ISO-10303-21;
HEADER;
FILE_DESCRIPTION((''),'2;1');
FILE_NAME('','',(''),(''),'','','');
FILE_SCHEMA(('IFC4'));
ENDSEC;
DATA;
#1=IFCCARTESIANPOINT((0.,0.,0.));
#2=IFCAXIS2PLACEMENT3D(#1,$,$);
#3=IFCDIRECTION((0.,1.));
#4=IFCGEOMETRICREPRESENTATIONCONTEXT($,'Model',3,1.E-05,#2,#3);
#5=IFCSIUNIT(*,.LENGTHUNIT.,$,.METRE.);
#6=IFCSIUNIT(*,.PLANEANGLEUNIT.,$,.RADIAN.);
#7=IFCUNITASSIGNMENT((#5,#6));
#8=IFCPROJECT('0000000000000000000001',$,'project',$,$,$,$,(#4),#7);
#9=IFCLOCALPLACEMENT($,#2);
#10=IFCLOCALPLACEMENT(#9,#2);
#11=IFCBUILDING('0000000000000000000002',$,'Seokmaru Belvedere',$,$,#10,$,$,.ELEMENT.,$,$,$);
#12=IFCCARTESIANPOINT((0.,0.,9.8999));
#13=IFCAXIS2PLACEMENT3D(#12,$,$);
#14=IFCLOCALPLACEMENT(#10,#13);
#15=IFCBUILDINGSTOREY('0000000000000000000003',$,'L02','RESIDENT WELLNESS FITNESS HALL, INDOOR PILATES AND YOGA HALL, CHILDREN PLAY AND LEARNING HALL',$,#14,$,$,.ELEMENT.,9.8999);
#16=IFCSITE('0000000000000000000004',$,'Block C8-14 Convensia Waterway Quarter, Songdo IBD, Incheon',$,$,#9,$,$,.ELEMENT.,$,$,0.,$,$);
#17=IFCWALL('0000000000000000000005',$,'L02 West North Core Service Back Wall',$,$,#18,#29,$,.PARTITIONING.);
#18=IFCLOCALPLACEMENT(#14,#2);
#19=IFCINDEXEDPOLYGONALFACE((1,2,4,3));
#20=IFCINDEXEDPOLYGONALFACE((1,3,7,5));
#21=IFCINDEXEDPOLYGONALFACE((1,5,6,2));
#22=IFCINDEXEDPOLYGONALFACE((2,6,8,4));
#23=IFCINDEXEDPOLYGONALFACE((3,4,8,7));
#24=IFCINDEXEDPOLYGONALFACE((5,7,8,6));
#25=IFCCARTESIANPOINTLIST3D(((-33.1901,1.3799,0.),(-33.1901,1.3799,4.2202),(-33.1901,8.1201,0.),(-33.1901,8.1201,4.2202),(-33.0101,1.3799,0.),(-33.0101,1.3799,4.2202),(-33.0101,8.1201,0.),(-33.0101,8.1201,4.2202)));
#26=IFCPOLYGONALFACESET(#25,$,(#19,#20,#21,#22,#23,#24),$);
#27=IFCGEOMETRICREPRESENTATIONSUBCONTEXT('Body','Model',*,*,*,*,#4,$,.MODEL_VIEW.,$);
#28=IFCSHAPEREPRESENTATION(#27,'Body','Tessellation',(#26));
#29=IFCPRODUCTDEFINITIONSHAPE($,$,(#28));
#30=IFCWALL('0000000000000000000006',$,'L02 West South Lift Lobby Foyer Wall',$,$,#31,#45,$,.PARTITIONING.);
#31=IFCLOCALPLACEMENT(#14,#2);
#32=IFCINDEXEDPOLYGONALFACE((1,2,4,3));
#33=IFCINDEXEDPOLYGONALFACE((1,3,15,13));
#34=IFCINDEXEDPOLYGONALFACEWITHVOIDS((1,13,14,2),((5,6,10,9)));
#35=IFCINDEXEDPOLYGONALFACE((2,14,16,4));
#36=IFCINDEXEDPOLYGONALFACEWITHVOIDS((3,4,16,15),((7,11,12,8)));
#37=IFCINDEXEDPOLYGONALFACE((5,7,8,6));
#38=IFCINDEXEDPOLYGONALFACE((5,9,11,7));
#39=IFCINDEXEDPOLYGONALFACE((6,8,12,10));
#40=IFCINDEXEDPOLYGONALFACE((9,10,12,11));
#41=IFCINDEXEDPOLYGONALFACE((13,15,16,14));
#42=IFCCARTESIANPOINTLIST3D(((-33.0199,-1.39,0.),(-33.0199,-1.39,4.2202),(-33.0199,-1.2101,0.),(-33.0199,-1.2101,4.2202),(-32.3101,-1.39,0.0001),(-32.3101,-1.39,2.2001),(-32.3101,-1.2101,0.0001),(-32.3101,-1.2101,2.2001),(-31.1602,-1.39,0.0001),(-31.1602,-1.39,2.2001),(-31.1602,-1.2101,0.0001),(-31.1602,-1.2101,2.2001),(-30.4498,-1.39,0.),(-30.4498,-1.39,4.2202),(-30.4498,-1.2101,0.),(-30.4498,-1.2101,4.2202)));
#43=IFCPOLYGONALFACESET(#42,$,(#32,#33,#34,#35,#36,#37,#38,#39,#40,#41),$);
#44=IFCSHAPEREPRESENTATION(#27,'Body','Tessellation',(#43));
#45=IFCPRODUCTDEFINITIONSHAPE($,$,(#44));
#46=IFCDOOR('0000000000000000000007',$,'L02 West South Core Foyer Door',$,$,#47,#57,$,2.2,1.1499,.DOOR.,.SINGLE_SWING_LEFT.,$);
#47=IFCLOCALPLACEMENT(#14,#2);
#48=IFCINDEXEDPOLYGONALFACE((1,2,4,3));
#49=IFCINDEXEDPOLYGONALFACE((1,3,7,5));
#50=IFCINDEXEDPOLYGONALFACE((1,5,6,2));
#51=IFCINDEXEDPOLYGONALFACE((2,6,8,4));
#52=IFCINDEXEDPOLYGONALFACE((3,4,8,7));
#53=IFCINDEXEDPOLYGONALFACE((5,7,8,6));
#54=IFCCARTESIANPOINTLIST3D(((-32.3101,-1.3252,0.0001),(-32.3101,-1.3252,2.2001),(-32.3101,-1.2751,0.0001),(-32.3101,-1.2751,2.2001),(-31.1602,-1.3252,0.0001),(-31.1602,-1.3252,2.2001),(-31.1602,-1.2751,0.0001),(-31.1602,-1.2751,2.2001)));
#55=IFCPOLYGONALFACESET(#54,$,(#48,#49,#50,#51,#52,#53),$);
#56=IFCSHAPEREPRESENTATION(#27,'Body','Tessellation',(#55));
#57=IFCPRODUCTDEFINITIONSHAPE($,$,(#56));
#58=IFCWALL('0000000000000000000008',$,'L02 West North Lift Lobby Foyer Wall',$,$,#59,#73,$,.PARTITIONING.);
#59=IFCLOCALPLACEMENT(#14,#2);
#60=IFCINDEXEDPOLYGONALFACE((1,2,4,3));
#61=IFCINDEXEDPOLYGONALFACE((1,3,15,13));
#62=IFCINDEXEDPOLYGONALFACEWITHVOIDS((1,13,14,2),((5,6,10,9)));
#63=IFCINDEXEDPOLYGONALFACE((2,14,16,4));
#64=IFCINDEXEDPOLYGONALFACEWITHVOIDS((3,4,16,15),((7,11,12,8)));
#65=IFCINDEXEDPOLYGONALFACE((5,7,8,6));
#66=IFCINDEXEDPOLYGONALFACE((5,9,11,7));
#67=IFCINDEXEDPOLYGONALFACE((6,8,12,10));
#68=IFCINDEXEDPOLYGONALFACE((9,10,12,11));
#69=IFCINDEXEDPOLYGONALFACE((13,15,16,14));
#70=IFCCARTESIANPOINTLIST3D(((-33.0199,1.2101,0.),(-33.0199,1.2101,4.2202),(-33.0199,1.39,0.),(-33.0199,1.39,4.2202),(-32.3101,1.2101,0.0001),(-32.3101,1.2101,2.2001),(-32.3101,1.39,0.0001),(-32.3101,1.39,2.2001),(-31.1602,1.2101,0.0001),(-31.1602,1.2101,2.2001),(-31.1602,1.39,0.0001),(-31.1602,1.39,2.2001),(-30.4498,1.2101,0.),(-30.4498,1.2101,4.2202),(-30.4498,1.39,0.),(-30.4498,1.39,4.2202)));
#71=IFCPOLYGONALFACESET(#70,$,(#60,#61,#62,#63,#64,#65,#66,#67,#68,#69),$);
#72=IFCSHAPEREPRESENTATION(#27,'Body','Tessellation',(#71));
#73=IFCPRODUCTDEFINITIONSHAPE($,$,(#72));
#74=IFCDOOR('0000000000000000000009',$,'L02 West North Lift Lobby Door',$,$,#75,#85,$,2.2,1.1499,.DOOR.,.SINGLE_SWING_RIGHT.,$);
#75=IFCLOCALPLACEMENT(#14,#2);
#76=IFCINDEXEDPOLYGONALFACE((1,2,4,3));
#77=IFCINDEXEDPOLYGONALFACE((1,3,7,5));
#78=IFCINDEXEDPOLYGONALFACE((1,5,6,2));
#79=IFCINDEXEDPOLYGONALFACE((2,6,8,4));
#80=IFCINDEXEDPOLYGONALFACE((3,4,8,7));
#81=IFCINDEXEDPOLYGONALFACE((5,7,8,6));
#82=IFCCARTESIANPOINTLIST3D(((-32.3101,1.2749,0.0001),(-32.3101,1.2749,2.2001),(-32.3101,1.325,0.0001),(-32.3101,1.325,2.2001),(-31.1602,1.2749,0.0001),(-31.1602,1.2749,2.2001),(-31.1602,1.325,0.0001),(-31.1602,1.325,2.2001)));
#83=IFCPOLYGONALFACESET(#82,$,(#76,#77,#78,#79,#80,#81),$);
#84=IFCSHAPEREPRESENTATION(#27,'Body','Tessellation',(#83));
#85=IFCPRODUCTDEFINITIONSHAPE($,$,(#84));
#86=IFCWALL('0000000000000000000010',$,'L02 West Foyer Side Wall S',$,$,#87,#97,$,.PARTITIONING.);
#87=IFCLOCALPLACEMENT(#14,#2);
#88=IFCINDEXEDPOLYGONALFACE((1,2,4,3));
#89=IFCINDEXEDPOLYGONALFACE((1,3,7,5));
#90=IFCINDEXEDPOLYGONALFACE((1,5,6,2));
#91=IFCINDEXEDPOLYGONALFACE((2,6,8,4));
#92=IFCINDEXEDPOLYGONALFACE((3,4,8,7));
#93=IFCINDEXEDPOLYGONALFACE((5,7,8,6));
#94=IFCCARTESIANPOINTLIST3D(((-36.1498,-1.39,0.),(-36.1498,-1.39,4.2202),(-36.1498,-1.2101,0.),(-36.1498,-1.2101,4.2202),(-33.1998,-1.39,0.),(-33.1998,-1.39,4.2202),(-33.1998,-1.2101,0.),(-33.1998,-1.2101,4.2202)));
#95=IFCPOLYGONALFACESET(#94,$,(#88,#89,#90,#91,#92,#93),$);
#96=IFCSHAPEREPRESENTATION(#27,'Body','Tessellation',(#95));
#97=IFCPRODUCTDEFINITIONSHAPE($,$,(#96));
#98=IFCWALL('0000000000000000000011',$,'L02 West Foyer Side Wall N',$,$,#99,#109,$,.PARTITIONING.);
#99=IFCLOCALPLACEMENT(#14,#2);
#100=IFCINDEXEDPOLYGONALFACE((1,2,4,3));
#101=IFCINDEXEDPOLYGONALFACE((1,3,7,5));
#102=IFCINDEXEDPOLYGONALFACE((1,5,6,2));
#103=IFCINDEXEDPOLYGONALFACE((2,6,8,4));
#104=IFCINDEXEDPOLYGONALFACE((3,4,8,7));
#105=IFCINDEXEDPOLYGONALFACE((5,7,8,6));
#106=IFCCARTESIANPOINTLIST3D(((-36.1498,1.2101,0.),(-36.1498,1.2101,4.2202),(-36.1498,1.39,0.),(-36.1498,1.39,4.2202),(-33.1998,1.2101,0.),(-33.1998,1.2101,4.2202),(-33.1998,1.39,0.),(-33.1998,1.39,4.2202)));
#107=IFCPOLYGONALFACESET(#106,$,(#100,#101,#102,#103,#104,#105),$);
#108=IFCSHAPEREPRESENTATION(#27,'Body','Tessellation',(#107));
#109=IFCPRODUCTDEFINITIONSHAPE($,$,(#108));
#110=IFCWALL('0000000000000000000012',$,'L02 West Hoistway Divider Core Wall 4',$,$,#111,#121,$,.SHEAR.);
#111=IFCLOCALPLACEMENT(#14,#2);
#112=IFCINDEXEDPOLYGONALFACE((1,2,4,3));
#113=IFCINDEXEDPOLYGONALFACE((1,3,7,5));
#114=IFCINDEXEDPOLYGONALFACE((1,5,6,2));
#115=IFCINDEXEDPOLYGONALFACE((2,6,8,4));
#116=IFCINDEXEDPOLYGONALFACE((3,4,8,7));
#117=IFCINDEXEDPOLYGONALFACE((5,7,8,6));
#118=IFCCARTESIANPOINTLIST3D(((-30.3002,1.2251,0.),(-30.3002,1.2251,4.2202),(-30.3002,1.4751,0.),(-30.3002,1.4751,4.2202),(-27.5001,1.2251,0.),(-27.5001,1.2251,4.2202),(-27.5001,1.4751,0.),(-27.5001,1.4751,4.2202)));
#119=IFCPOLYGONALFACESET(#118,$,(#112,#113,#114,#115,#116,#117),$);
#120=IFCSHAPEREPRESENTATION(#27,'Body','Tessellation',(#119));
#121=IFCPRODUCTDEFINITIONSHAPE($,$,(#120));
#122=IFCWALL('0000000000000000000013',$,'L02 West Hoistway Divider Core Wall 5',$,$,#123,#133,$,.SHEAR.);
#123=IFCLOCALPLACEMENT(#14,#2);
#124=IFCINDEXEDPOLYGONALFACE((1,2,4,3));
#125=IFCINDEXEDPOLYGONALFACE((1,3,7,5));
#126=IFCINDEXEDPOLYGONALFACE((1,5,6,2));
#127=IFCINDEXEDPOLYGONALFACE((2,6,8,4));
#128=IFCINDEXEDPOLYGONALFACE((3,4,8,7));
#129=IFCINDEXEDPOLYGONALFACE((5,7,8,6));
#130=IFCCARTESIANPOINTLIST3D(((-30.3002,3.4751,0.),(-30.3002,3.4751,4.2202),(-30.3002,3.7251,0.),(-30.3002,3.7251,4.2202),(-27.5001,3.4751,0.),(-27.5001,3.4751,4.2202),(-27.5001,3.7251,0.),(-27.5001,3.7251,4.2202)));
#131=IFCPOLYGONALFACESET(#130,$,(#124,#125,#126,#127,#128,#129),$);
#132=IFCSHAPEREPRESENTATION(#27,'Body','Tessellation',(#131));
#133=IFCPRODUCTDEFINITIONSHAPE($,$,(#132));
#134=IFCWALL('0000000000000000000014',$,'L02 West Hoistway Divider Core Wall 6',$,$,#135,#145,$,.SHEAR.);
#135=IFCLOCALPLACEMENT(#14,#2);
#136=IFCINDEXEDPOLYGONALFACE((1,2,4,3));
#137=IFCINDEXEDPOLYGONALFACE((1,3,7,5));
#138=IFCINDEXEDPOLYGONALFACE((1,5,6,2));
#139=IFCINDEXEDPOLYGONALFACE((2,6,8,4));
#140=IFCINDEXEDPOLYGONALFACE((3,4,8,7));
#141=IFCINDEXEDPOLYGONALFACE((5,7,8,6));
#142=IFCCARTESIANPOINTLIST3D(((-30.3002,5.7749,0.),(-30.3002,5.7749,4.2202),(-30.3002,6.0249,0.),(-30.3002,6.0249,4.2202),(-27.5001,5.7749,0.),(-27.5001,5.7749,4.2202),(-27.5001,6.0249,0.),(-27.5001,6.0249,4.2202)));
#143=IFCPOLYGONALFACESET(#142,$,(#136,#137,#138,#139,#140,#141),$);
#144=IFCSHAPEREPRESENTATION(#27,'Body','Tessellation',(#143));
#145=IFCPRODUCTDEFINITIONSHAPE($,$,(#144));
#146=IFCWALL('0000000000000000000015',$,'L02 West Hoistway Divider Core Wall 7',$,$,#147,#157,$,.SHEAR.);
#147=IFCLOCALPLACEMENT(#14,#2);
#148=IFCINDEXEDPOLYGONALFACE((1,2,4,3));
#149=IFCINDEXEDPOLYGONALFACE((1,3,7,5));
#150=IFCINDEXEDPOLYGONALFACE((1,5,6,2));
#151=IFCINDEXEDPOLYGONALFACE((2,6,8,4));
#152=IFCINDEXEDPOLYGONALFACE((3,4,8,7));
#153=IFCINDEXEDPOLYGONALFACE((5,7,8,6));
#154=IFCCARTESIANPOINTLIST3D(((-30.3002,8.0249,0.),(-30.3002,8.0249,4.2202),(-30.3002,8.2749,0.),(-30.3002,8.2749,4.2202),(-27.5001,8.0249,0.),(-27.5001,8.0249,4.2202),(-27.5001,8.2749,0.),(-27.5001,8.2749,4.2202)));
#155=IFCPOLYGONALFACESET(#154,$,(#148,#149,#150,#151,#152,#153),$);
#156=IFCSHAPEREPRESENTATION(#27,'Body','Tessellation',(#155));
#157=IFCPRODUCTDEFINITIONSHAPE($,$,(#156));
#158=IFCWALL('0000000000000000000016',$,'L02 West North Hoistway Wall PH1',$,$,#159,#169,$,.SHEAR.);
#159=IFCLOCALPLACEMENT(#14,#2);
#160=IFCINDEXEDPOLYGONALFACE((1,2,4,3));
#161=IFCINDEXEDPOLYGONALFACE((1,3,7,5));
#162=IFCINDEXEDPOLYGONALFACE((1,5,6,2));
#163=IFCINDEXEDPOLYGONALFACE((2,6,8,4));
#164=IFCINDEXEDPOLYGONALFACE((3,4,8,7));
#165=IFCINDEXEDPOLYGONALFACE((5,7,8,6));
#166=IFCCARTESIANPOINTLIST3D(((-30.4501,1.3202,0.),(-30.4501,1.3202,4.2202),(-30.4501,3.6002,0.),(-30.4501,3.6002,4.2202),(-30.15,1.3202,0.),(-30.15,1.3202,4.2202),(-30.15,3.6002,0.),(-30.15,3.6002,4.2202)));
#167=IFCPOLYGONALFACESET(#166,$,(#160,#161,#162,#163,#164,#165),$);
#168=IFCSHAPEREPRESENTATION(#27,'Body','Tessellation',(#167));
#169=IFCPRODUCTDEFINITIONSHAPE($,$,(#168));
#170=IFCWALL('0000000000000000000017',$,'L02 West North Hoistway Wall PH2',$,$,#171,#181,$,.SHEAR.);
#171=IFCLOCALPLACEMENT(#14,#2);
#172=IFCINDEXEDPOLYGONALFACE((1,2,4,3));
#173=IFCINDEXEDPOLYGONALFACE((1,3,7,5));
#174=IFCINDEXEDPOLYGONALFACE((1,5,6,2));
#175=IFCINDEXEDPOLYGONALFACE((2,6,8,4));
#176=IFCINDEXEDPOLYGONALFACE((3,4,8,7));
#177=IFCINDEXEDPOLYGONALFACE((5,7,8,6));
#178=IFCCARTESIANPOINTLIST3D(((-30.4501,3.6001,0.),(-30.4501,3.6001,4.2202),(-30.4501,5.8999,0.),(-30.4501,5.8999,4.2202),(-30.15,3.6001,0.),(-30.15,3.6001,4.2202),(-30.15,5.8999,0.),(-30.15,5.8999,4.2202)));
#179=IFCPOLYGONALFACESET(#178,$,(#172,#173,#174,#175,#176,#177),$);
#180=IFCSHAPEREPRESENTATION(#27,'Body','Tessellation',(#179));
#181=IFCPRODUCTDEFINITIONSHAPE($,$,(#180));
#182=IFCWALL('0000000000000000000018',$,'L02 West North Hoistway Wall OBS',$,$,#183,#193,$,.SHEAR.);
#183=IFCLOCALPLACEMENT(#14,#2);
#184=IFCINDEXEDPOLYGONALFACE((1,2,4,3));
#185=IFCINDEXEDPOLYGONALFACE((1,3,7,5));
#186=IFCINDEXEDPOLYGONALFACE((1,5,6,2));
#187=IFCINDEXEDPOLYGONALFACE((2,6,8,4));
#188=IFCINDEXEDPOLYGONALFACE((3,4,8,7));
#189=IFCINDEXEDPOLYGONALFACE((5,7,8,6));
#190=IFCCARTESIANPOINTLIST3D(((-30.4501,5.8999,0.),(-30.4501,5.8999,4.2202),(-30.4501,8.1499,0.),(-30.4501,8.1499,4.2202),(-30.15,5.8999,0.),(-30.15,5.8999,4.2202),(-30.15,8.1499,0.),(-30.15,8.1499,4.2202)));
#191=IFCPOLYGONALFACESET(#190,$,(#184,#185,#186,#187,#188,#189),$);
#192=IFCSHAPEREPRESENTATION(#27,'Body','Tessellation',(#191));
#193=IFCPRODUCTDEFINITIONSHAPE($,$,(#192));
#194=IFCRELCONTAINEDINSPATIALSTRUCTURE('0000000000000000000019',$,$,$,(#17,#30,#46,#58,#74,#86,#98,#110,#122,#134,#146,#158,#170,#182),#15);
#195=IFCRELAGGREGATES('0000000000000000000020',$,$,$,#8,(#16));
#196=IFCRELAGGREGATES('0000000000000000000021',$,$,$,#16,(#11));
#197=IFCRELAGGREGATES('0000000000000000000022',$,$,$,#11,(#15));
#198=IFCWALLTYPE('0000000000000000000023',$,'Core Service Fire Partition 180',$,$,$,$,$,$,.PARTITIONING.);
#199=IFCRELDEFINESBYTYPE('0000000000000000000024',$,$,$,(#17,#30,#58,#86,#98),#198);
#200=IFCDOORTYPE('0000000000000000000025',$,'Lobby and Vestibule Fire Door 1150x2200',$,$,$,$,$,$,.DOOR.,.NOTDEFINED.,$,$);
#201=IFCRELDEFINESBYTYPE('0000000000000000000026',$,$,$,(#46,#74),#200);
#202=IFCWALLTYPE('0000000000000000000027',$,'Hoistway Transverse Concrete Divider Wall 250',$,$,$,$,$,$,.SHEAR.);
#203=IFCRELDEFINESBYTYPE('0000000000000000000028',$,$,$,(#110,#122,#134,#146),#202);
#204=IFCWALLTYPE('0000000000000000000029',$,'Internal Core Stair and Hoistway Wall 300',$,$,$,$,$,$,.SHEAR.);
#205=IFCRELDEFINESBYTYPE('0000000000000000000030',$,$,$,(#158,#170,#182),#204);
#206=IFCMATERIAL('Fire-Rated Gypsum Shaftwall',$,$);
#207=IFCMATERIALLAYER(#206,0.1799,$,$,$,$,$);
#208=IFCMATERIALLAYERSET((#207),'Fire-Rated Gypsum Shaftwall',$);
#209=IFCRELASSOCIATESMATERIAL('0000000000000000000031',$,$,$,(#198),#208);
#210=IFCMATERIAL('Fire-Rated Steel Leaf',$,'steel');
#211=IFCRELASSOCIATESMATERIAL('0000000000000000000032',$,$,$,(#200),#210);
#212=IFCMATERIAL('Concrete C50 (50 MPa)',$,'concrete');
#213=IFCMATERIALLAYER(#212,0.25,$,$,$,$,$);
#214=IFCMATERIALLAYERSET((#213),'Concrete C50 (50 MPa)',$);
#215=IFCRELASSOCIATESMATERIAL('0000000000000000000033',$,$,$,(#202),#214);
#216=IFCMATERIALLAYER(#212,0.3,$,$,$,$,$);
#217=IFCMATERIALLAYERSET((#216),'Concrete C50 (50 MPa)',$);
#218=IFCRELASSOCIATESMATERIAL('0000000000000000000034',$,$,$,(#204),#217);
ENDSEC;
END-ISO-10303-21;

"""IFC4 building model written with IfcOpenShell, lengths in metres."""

from ifc_helpers import new_model, si_unit, direction, frame, frame_2d, origin, place, context, subcontext, project, spatial, rectangle, extrude, source, transform, mapped, material, layer, layer_set, type_object, type_shapes, element, fill, save


model = new_model("IFC4")

# Units and contexts
model_context = context("Model", 3, precision=1e-05, world=origin(), true_north=direction((0.0, 1.0)))
body_context = subcontext(model_context, "Body", "Model", "MODEL_VIEW")
ifc_project = project(units=[si_unit("LENGTHUNIT", "METRE"), si_unit("PLANEANGLEUNIT", "RADIAN")], contexts=[model_context])

# Site, building, storey
site_placement = place(None, origin())
site = spatial("IfcSite", under=ifc_project, at=site_placement, Name="Block C8-14 Convensia Waterway Quarter, Songdo IBD, Incheon", CompositionType="ELEMENT", RefElevation=0.0)
building_placement = place(site_placement, origin())
building = spatial("IfcBuilding", under=site, at=building_placement, Name="Seokmaru Belvedere", CompositionType="ELEMENT")
storey_placement = place(building_placement, frame((0.0, 0.0, 9.8999)))
storey = spatial("IfcBuildingStorey", under=building, at=storey_placement, Name="L02", Description="RESIDENT WELLNESS FITNESS HALL, INDOOR PILATES AND YOGA HALL, CHILDREN PLAY AND LEARNING HALL", CompositionType="ELEMENT", Elevation=9.8999)

# Shared definitions
ifc_material_1 = material(Name="Concrete C50 (50 MPa)", Category="concrete")

# Wall
ifc_material_2 = material(Name="Fire-Rated Gypsum Shaftwall")
ifc_layer_1 = layer(ifc_material_2, 0.1799)
ifc_layer_set_1 = layer_set([ifc_layer_1], Name="Fire-Rated Gypsum Shaftwall")
wall_type_1 = type_object("IfcWallType", Name="Core Service Fire Partition 180", PredefinedType="PARTITIONING", material=ifc_layer_set_1)
wall_1_placement = place(storey_placement, frame((-33.1001, 1.3799, 0.0), z_axis=(0.0, 0.0, 1.0), x_axis=(0.0, 1.0, 0.0)))
element("IfcWall", 1, at=wall_1_placement, inside=storey, type_object=wall_type_1, Name="L02 West North Core Service Back Wall", PredefinedType="PARTITIONING", context=body_context, shape_type="SweptSolid", body=[
    extrude(rectangle(XDim=6.7402, YDim=0.1799, at=frame_2d((3.3701, 0.0))), origin(), (0.0, 0.0, 1.0), 4.2202),
])

# Walls, openings, doors
wall_2_placement = place(storey_placement, frame((-33.02, -1.3, 0.0), z_axis=(0.0, 0.0, 1.0), x_axis=(1.0, 0.0, 0.0)))
wall_2 = element("IfcWall", 2, at=wall_2_placement, inside=storey, type_object=wall_type_1, Name="L02 West South Lift Lobby Foyer Wall", PredefinedType="PARTITIONING", context=body_context, shape_type="SweptSolid", body=[
    extrude(rectangle(XDim=2.5701, YDim=0.1799, at=frame_2d((1.2852, 0.0))), origin(), (0.0, 0.0, 1.0), 4.2202),
])
opening_1_placement = place(wall_2_placement, frame((0.71, 0.0, 0.0)))
opening_1 = element("IfcOpeningElement", 3, at=opening_1_placement, cuts=wall_2, PredefinedType="OPENING", context=body_context, shape_type="SweptSolid", body=[
    extrude(rectangle(XDim=1.1499, YDim=2.2, at=frame_2d((0.575, 1.1001))), frame((0.0, 0.1001, 0.0), z_axis=(0.0, -1.0, 0.0), x_axis=(1.0, 0.0, 0.0)), (0.0, 0.0, 1.0), 0.2),
])
ifc_material_3 = material(Name="Fire-Rated Steel Leaf", Category="steel")
door_type_1 = type_object("IfcDoorType", Name="Lobby and Vestibule Fire Door 1150x2200", OperationType="NOTDEFINED", PredefinedType="DOOR", material=ifc_material_3)
shared_shape_1 = source(origin(), body_context, "Body", "SweptSolid", [
    extrude(rectangle(XDim=1.1499, YDim=2.2, at=frame_2d((0.575, 1.1001))), frame((0.0, 0.0249, 0.0), z_axis=(0.0, -1.0, 0.0), x_axis=(1.0, 0.0, 0.0)), (0.0, 0.0, 1.0), 0.05),
])
type_shapes(door_type_1, [shared_shape_1])
door_1_placement = place(opening_1_placement, origin())
door_1 = element("IfcDoor", 4, at=door_1_placement, inside=storey, type_object=door_type_1, Name="L02 West South Core Foyer Door", OperationType="SINGLE_SWING_LEFT", OverallHeight=2.2, OverallWidth=1.1499, PredefinedType="DOOR", context=body_context, shape_type="MappedRepresentation", body=[
    mapped(shared_shape_1, transform((0.0, 0.0, 0.0), scale=1.0)),
])
fill(opening_1, door_1)
wall_3_placement = place(storey_placement, frame((-33.02, 1.3, 0.0), z_axis=(0.0, 0.0, 1.0), x_axis=(1.0, 0.0, 0.0)))
wall_3 = element("IfcWall", 5, at=wall_3_placement, inside=storey, type_object=wall_type_1, Name="L02 West North Lift Lobby Foyer Wall", PredefinedType="PARTITIONING", context=body_context, shape_type="SweptSolid", body=[
    extrude(rectangle(XDim=2.5701, YDim=0.1799, at=frame_2d((1.2852, 0.0))), origin(), (0.0, 0.0, 1.0), 4.2202),
])
opening_2_placement = place(wall_3_placement, frame((0.71, 0.0, 0.0)))
opening_2 = element("IfcOpeningElement", 6, at=opening_2_placement, cuts=wall_3, PredefinedType="OPENING", context=body_context, shape_type="SweptSolid", body=[
    extrude(rectangle(XDim=1.1499, YDim=2.2, at=frame_2d((0.575, 1.1001))), frame((0.0, 0.1001, 0.0), z_axis=(0.0, -1.0, 0.0), x_axis=(1.0, 0.0, 0.0)), (0.0, 0.0, 1.0), 0.2),
])
door_2_placement = place(opening_2_placement, origin())
door_2 = element("IfcDoor", 7, at=door_2_placement, inside=storey, type_object=door_type_1, Name="L02 West North Lift Lobby Door", OperationType="SINGLE_SWING_RIGHT", OverallHeight=2.2, OverallWidth=1.1499, PredefinedType="DOOR", context=body_context, shape_type="MappedRepresentation", body=[
    mapped(shared_shape_1, transform((0.0, 0.0, 0.0), scale=1.0)),
])
fill(opening_2, door_2)

# Walls
for number, where, z_axis, x_axis, name in (
    (8, (-36.1499, -1.3, 0.0), (0.0, 0.0, 1.0), (1.0, 0.0, 0.0), "L02 West Foyer Side Wall S"),
    (9, (-36.1499, 1.3, 0.0), (0.0, 0.0, 1.0), (1.0, 0.0, 0.0), "L02 West Foyer Side Wall N"),
):
    element("IfcWall", number, at=place(storey_placement, frame(where, z_axis=z_axis, x_axis=x_axis)), inside=storey, type_object=wall_type_1, Name=name, PredefinedType="PARTITIONING", context=body_context, shape_type="SweptSolid", body=[
        extrude(rectangle(XDim=2.95, YDim=0.1799, at=frame_2d((1.4751, 0.0))), origin(), (0.0, 0.0, 1.0), 4.2202),
    ])
ifc_layer_2 = layer(ifc_material_1, 0.25)
ifc_layer_set_2 = layer_set([ifc_layer_2], Name="Concrete C50 (50 MPa)")
wall_type_2 = type_object("IfcWallType", Name="Hoistway Transverse Concrete Divider Wall 250", PredefinedType="SHEAR", material=ifc_layer_set_2)
for number, where, z_axis, x_axis, name in (
    (10, (-30.3, 1.3501, 0.0), (0.0, 0.0, 1.0), (1.0, 0.0, 0.0), "L02 West Hoistway Divider Core Wall 4"),
    (11, (-30.3, 3.6001, 0.0), (0.0, 0.0, 1.0), (1.0, 0.0, 0.0), "L02 West Hoistway Divider Core Wall 5"),
    (12, (-30.3, 5.8999, 0.0), (0.0, 0.0, 1.0), (1.0, 0.0, 0.0), "L02 West Hoistway Divider Core Wall 6"),
    (13, (-30.3, 8.1499, 0.0), (0.0, 0.0, 1.0), (1.0, 0.0, 0.0), "L02 West Hoistway Divider Core Wall 7"),
):
    element("IfcWall", number, at=place(storey_placement, frame(where, z_axis=z_axis, x_axis=x_axis)), inside=storey, type_object=wall_type_2, Name=name, PredefinedType="SHEAR", context=body_context, shape_type="SweptSolid", body=[
        extrude(rectangle(XDim=2.8, YDim=0.25, at=frame_2d((1.3999, 0.0))), origin(), (0.0, 0.0, 1.0), 4.2202),
    ])
ifc_layer_3 = layer(ifc_material_1, 0.3)
ifc_layer_set_3 = layer_set([ifc_layer_3], Name="Concrete C50 (50 MPa)")
wall_type_3 = type_object("IfcWallType", Name="Internal Core Stair and Hoistway Wall 300", PredefinedType="SHEAR", material=ifc_layer_set_3)
wall_4_placement = place(storey_placement, frame((-30.3, 1.3201, 0.0), z_axis=(0.0, 0.0, 1.0), x_axis=(0.0, 1.0, 0.0)))
element("IfcWall", 14, at=wall_4_placement, inside=storey, type_object=wall_type_3, Name="L02 West North Hoistway Wall PH1", PredefinedType="SHEAR", context=body_context, shape_type="SweptSolid", body=[
    extrude(rectangle(XDim=2.28, YDim=0.3, at=frame_2d((1.1401, 0.0))), origin(), (0.0, 0.0, 1.0), 4.2202),
])
wall_5_placement = place(storey_placement, frame((-30.3, 3.6001, 0.0), z_axis=(0.0, 0.0, 1.0), x_axis=(0.0, 1.0, 0.0)))
element("IfcWall", 15, at=wall_5_placement, inside=storey, type_object=wall_type_3, Name="L02 West North Hoistway Wall PH2", PredefinedType="SHEAR", context=body_context, shape_type="SweptSolid", body=[
    extrude(rectangle(XDim=2.2998, YDim=0.3, at=frame_2d((1.1499, 0.0))), origin(), (0.0, 0.0, 1.0), 4.2202),
])
wall_6_placement = place(storey_placement, frame((-30.3, 5.8999, 0.0), z_axis=(0.0, 0.0, 1.0), x_axis=(0.0, 1.0, 0.0)))
element("IfcWall", 16, at=wall_6_placement, inside=storey, type_object=wall_type_3, Name="L02 West North Hoistway Wall OBS", PredefinedType="SHEAR", context=body_context, shape_type="SweptSolid", body=[
    extrude(rectangle(XDim=2.25, YDim=0.3, at=frame_2d((1.125, 0.0))), origin(), (0.0, 0.0, 1.0), 4.2202),
])

save(model, "model.ifc")
